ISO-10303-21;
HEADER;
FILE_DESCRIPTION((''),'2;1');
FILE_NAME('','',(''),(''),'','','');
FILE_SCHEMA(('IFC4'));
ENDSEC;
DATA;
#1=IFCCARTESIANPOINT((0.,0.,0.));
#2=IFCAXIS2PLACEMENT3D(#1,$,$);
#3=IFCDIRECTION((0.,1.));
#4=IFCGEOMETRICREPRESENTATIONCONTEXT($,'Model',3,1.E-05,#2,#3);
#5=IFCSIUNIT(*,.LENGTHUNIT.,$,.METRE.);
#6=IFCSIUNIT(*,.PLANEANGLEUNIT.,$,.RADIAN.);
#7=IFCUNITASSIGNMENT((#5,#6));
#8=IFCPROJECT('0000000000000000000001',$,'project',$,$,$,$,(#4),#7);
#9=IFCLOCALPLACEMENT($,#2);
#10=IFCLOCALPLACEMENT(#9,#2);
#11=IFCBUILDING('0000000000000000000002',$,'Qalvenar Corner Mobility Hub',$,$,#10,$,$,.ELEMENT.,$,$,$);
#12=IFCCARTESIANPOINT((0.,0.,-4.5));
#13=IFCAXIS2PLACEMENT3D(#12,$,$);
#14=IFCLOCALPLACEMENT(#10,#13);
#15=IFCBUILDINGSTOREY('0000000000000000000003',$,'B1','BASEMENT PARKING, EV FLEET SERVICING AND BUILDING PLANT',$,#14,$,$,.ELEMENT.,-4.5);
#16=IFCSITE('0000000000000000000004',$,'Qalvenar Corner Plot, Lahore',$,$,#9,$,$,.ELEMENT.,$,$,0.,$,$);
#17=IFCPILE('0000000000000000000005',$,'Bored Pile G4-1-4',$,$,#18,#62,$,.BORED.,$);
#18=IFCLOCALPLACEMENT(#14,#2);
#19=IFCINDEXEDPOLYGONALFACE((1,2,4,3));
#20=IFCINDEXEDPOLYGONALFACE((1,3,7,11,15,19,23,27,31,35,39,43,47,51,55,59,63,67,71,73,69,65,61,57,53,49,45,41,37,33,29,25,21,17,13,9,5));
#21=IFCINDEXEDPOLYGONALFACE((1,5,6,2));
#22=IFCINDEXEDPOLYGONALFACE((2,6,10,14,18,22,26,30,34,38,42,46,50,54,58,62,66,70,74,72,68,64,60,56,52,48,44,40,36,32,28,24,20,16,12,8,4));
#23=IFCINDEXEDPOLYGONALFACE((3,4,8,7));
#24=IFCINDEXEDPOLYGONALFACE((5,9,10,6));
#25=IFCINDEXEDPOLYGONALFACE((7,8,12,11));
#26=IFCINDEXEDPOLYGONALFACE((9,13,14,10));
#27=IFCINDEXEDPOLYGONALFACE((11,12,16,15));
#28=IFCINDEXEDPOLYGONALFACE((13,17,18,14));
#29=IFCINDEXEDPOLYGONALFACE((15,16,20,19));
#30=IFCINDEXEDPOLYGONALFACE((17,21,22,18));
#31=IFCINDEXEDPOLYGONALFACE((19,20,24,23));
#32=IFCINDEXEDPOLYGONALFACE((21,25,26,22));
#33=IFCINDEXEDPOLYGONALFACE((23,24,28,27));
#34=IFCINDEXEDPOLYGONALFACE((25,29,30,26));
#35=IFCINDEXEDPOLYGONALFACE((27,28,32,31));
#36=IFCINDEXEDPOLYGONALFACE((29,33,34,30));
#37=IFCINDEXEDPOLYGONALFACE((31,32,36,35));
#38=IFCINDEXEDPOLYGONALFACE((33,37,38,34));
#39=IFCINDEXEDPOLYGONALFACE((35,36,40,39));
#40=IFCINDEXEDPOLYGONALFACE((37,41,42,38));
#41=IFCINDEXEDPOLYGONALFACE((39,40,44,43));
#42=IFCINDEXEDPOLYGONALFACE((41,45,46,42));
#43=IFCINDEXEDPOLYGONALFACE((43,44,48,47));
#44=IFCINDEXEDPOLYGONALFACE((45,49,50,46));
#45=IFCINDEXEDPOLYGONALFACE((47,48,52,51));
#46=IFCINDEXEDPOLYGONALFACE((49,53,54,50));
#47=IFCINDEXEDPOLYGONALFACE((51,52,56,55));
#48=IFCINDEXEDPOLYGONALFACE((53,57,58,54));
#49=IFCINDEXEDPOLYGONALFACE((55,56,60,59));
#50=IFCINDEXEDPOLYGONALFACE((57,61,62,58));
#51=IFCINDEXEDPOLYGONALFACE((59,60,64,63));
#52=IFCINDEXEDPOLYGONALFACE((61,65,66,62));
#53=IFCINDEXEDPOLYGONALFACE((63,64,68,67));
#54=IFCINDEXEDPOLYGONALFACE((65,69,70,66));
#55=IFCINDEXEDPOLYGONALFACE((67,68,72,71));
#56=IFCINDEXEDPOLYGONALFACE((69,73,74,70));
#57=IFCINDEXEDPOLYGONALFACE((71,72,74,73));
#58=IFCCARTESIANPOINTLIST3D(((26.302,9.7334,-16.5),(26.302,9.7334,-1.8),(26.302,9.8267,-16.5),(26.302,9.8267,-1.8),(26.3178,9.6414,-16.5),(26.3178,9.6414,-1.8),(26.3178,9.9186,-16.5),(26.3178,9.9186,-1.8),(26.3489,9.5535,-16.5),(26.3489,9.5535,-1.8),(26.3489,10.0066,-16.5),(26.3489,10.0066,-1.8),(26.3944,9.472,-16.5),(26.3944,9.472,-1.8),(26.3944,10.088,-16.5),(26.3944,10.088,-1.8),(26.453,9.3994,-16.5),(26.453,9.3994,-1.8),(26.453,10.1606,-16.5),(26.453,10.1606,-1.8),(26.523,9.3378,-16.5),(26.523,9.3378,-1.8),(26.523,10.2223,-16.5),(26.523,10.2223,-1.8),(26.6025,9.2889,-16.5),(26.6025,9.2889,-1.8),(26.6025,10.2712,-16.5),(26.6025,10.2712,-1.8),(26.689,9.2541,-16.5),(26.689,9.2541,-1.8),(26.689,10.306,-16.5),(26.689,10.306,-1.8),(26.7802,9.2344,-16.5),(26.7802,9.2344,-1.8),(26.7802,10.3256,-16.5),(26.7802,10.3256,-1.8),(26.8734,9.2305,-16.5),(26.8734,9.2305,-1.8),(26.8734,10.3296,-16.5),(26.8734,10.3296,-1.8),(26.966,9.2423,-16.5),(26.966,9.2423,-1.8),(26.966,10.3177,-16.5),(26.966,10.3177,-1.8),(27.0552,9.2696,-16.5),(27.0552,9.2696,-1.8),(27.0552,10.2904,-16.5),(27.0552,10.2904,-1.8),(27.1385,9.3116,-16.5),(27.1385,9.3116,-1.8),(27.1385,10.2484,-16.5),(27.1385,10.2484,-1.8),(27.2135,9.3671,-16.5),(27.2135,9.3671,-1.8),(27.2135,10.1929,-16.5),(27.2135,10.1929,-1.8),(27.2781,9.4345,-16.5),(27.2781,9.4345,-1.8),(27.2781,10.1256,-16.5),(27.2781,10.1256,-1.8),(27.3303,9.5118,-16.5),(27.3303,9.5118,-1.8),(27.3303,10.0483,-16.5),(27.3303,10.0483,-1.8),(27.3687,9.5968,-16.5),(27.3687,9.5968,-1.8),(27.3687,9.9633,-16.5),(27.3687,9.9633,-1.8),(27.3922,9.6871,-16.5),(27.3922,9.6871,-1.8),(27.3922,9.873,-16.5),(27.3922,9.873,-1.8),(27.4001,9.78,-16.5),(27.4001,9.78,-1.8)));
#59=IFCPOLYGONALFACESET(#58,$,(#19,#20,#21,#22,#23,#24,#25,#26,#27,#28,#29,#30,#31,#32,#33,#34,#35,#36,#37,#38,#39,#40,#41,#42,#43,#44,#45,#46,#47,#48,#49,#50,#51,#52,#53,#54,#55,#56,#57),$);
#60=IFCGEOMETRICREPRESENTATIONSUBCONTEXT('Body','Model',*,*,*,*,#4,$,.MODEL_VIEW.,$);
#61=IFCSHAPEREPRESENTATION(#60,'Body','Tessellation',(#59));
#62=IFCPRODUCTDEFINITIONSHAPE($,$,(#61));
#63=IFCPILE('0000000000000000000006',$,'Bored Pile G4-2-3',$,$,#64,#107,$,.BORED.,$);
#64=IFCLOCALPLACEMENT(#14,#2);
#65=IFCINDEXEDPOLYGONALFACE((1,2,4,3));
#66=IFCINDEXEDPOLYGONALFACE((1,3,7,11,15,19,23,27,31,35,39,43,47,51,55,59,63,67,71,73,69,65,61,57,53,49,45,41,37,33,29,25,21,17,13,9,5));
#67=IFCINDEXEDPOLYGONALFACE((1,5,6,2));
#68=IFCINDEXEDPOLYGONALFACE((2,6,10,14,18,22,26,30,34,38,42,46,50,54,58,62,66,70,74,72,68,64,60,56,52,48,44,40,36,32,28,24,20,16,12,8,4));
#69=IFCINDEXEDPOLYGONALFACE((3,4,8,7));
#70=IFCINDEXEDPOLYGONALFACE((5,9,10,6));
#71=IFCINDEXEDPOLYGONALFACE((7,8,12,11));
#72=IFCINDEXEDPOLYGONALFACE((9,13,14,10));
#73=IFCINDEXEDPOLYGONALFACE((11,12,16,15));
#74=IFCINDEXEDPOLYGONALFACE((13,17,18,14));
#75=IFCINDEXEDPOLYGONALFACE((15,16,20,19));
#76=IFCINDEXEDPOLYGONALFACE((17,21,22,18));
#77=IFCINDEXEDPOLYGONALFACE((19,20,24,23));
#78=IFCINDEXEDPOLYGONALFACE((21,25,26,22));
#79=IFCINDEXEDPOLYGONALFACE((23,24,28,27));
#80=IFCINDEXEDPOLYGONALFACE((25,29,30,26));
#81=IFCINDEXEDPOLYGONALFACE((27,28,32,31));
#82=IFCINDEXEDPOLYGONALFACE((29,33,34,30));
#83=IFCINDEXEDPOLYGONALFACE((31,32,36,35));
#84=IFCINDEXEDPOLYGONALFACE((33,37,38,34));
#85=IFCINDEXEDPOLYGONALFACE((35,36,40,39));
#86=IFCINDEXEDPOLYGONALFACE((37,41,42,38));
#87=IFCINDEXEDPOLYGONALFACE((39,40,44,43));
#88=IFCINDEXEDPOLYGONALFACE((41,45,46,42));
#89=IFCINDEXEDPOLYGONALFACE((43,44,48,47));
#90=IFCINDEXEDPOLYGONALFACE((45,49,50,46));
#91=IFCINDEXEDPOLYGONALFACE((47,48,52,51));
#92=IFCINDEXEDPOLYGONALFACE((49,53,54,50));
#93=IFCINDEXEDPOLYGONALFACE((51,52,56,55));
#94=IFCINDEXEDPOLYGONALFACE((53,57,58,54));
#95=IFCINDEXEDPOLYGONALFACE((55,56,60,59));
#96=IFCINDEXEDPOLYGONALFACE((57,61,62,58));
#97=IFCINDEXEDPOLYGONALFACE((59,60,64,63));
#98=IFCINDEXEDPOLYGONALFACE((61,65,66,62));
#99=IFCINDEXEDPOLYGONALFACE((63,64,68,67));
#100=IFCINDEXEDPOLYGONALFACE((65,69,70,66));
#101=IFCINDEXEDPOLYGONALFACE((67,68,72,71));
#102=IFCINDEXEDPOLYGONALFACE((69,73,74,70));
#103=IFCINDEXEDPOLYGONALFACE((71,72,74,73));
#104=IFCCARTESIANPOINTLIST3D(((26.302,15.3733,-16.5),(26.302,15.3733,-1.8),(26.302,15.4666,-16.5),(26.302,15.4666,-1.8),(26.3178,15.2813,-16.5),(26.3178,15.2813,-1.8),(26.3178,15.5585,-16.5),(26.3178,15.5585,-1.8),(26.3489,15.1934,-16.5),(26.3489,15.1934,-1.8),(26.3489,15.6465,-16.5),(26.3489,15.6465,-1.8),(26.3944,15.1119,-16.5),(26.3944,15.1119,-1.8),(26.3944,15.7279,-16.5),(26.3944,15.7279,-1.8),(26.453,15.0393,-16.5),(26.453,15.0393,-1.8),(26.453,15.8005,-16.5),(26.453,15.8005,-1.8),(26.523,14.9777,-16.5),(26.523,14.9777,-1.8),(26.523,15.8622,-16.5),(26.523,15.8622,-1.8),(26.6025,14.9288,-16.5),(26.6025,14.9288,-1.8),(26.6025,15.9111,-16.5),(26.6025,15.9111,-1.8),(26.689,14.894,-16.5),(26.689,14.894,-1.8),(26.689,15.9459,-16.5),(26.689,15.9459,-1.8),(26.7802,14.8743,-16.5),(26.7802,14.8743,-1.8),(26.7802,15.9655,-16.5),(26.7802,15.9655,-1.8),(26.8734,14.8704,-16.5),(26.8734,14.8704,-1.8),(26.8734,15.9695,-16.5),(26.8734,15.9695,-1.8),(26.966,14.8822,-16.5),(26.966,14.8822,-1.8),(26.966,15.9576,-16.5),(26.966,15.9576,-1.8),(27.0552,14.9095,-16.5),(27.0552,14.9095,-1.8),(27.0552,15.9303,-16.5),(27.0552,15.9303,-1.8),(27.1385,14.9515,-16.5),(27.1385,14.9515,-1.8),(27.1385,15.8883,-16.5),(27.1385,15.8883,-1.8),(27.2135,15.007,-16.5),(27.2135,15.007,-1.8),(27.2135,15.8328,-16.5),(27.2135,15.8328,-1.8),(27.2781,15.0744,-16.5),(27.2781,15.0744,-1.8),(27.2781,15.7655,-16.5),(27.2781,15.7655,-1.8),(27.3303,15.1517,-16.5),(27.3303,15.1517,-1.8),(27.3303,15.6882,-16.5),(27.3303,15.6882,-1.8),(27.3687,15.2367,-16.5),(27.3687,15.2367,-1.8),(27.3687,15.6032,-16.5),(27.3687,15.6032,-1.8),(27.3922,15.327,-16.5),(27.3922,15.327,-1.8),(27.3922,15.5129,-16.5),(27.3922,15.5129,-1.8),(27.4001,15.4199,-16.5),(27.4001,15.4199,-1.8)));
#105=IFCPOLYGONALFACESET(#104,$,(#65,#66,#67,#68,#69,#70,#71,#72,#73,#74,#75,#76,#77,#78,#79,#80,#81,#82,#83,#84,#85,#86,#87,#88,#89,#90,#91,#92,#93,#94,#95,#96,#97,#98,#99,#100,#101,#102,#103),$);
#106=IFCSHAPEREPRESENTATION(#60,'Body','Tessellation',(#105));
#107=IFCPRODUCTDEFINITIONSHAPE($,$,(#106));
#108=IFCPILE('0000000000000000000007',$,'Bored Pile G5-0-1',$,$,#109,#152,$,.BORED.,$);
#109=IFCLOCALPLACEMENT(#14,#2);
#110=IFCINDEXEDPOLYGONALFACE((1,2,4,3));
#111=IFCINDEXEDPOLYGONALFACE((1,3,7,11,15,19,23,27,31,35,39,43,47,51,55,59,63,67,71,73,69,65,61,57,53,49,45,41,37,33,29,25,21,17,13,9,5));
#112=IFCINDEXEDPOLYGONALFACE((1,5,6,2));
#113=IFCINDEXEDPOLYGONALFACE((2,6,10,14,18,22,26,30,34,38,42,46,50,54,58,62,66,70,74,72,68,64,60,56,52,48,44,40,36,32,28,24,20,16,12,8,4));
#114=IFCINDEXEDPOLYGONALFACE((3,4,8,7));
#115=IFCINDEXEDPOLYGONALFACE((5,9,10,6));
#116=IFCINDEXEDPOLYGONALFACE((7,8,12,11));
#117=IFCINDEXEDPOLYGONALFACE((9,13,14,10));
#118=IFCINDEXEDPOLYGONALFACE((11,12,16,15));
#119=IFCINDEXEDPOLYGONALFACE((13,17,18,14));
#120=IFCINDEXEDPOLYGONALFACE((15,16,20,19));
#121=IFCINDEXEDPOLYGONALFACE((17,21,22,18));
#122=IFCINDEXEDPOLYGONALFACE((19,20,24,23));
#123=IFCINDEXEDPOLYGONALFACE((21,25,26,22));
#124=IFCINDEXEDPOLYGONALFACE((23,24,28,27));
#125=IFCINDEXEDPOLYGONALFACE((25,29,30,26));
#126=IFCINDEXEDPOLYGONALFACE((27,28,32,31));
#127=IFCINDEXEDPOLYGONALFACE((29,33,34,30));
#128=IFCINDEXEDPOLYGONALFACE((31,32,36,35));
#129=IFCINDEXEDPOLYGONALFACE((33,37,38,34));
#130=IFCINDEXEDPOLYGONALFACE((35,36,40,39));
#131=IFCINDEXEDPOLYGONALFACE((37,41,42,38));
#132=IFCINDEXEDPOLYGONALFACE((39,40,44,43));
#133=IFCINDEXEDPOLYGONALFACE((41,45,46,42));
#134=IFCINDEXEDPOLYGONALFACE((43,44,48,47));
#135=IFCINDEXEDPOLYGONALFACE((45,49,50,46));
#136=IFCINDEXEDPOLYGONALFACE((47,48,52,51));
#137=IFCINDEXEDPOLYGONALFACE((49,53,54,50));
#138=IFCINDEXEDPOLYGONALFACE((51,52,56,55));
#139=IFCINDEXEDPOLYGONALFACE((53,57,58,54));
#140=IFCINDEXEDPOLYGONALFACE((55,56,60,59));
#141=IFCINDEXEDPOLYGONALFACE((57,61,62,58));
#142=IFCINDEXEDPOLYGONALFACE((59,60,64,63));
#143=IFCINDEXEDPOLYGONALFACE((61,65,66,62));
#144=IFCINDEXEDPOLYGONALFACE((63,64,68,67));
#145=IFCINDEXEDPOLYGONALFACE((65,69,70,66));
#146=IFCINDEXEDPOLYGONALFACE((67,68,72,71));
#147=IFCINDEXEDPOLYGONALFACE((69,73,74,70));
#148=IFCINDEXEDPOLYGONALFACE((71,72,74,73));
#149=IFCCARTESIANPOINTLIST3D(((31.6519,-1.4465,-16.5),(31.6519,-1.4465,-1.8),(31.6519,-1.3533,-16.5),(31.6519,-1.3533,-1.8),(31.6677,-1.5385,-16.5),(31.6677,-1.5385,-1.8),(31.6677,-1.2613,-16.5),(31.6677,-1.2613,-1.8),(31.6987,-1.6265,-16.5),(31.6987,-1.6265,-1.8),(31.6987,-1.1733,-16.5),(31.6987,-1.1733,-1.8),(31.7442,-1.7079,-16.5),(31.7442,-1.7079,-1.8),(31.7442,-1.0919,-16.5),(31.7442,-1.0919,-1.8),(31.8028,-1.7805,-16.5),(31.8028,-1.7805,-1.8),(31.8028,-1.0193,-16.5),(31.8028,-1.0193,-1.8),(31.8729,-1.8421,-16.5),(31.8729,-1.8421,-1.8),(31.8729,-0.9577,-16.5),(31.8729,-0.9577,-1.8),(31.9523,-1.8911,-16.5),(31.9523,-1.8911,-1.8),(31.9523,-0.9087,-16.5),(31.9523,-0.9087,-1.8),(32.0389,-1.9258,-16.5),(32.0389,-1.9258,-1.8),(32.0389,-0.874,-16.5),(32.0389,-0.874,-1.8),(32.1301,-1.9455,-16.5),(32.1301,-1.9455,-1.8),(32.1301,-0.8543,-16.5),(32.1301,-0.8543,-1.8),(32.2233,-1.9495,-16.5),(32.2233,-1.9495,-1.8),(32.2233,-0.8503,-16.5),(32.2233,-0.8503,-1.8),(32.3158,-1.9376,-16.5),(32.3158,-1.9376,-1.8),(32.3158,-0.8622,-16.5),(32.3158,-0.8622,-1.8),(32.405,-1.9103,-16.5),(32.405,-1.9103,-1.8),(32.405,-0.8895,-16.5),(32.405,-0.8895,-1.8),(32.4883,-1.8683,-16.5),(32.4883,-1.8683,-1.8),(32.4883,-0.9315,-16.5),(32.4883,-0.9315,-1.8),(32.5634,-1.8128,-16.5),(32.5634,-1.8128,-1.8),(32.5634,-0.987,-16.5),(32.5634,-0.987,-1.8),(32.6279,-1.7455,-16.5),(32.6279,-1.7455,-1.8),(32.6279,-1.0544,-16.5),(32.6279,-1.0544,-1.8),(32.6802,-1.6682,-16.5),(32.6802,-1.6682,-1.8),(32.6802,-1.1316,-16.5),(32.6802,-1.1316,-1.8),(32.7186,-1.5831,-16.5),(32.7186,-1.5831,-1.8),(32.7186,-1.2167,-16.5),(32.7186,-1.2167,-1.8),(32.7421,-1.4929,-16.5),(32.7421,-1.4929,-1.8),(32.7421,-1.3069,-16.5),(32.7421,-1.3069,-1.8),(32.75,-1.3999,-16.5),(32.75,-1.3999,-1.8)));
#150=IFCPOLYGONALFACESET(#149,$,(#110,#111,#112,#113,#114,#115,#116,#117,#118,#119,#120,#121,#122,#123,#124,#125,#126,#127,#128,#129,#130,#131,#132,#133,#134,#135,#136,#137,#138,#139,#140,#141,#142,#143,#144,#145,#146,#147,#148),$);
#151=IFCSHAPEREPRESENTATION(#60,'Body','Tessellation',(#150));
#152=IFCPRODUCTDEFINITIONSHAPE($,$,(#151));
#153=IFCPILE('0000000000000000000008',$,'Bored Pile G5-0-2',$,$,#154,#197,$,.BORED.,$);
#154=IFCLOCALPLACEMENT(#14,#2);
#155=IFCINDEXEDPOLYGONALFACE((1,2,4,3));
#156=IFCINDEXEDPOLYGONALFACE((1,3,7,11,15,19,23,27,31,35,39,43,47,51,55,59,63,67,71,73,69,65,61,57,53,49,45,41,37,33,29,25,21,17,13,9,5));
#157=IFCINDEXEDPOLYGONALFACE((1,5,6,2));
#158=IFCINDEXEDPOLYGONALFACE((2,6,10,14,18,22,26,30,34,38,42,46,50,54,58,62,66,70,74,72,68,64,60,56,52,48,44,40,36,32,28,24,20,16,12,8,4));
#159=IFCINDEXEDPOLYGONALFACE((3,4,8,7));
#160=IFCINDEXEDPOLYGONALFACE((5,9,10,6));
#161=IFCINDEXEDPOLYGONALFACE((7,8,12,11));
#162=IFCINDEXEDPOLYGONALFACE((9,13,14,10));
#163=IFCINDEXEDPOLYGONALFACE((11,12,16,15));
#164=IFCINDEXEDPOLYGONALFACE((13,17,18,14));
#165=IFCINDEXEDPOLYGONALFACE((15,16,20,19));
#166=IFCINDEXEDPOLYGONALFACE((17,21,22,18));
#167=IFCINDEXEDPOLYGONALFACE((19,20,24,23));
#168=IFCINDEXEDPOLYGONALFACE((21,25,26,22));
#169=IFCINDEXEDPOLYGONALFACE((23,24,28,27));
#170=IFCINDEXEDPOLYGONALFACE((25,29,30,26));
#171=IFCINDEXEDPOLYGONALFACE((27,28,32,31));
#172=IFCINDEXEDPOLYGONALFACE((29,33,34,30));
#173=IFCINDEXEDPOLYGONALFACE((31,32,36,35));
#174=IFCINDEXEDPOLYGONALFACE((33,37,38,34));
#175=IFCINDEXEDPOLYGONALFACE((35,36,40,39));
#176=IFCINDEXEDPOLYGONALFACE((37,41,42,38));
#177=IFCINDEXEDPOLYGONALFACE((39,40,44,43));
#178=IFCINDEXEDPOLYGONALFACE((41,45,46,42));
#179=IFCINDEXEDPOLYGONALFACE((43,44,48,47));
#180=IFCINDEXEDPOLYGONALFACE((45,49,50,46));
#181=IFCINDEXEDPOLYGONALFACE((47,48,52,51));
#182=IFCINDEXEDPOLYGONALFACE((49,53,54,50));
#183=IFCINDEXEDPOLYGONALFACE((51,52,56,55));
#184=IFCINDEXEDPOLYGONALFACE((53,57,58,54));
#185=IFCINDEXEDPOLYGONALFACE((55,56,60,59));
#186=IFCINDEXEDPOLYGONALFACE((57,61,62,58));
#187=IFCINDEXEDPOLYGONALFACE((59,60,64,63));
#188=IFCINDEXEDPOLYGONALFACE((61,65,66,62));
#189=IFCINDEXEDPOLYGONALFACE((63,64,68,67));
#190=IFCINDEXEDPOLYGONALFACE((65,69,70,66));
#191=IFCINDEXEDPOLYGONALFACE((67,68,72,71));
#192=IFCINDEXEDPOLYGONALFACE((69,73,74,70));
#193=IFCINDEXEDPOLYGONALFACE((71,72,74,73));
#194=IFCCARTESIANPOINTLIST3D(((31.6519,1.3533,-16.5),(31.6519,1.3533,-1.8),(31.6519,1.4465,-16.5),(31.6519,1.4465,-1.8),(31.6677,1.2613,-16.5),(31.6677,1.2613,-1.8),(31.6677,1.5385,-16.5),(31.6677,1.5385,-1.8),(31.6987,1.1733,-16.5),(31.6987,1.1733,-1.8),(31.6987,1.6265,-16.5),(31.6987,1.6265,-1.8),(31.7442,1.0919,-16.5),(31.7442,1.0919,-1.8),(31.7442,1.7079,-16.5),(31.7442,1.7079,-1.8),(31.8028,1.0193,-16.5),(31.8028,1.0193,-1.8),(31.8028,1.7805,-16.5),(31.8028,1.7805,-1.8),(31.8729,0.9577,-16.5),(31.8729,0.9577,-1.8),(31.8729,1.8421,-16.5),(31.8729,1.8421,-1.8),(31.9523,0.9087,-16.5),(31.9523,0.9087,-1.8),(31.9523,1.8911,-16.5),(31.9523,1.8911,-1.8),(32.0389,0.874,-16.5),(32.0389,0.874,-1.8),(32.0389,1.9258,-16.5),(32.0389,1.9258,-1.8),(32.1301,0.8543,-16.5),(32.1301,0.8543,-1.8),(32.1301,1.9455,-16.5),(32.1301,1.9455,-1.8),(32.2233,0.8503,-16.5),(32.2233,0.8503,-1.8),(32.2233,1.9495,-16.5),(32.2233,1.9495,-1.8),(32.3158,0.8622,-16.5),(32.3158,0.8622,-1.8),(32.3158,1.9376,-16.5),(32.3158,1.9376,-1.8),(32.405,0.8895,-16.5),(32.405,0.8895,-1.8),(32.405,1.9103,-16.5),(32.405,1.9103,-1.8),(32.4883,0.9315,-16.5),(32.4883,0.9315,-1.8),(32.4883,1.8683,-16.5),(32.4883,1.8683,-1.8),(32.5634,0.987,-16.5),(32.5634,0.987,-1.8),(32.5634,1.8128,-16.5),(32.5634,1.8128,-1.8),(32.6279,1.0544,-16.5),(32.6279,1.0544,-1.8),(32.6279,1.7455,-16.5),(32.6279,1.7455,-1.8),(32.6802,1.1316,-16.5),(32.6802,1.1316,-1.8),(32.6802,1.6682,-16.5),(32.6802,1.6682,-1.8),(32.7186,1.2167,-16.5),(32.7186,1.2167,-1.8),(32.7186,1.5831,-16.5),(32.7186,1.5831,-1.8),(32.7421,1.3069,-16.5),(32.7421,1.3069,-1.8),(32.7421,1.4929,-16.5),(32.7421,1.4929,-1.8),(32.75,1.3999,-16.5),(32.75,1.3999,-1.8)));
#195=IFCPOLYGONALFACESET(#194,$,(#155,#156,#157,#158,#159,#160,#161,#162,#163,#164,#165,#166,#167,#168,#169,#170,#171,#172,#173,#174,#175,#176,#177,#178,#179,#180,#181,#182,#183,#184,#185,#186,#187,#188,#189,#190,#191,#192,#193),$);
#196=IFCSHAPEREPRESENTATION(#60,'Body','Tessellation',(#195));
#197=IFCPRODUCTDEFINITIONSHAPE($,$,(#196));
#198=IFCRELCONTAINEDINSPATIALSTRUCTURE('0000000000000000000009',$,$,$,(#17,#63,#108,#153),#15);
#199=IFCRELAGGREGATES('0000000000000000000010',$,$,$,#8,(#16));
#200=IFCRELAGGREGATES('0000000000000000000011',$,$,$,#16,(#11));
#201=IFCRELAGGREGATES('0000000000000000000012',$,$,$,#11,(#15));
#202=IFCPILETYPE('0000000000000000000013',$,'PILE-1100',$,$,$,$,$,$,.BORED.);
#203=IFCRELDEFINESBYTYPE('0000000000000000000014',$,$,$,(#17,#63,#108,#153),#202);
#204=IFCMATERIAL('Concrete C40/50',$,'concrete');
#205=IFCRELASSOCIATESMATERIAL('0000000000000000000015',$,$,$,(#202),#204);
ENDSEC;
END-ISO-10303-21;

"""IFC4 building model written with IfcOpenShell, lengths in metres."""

from ifc_helpers import new_model, si_unit, direction, frame, origin, origin_2d, place, context, subcontext, project, spatial, circle, extrude, material, material_profile, profile_set, type_object, element, save


model = new_model("IFC4")

# Units and contexts
model_context = context("Model", 3, precision=1e-05, world=origin(), true_north=direction((0.0, 1.0)))
body_context = subcontext(model_context, "Body", "Model", "MODEL_VIEW")
ifc_project = project(units=[si_unit("LENGTHUNIT", "METRE"), si_unit("PLANEANGLEUNIT", "RADIAN")], contexts=[model_context])

# Site, building, storey
site_placement = place(None, origin())
site = spatial("IfcSite", under=ifc_project, at=site_placement, Name="Qalvenar Corner Plot, Lahore", CompositionType="ELEMENT", RefElevation=0.0)
building_placement = place(site_placement, origin())
building = spatial("IfcBuilding", under=site, at=building_placement, Name="Qalvenar Corner Mobility Hub", CompositionType="ELEMENT")
storey_placement = place(building_placement, frame((0.0, 0.0, -4.5)))
storey = spatial("IfcBuildingStorey", under=building, at=storey_placement, Name="B1", Description="BASEMENT PARKING, EV FLEET SERVICING AND BUILDING PLANT", CompositionType="ELEMENT", Elevation=-4.5)

# Shared definitions
ifc_material_1 = material(Name="Concrete C40/50", Category="concrete")

# Piles
ifc_material_profile_1 = material_profile(ifc_material_1, circle(Radius=0.55, at=origin_2d()), Name="DIA1100")
ifc_profile_set_1 = profile_set([ifc_material_profile_1], Name="Concrete C40/50")
pile_type_1 = type_object("IfcPileType", Name="PILE-1100", PredefinedType="BORED", material=ifc_profile_set_1)
for number, where, z_axis, x_axis, name in (
    (1, (26.8501, 9.78, -1.8), (0.0, 0.0, -1.0), (1.0, 0.0, 0.0), "Bored Pile G4-1-4"),
    (2, (26.8501, 15.4199, -1.8), (0.0, 0.0, -1.0), (1.0, 0.0, 0.0), "Bored Pile G4-2-3"),
    (3, (32.2, -1.3999, -1.8), (0.0, 0.0, -1.0), (1.0, 0.0, 0.0), "Bored Pile G5-0-1"),
    (4, (32.2, 1.3999, -1.8), (0.0, 0.0, -1.0), (1.0, 0.0, 0.0), "Bored Pile G5-0-2"),
):
    element("IfcPile", number, at=place(storey_placement, frame(where, z_axis=z_axis, x_axis=x_axis)), inside=storey, type_object=pile_type_1, Name=name, PredefinedType="BORED", context=body_context, shape_type="SweptSolid", body=[
        extrude(circle(Radius=0.55, at=origin_2d()), origin(), (0.0, 0.0, 1.0), 14.7),
    ])

save(model, "model.ifc")
